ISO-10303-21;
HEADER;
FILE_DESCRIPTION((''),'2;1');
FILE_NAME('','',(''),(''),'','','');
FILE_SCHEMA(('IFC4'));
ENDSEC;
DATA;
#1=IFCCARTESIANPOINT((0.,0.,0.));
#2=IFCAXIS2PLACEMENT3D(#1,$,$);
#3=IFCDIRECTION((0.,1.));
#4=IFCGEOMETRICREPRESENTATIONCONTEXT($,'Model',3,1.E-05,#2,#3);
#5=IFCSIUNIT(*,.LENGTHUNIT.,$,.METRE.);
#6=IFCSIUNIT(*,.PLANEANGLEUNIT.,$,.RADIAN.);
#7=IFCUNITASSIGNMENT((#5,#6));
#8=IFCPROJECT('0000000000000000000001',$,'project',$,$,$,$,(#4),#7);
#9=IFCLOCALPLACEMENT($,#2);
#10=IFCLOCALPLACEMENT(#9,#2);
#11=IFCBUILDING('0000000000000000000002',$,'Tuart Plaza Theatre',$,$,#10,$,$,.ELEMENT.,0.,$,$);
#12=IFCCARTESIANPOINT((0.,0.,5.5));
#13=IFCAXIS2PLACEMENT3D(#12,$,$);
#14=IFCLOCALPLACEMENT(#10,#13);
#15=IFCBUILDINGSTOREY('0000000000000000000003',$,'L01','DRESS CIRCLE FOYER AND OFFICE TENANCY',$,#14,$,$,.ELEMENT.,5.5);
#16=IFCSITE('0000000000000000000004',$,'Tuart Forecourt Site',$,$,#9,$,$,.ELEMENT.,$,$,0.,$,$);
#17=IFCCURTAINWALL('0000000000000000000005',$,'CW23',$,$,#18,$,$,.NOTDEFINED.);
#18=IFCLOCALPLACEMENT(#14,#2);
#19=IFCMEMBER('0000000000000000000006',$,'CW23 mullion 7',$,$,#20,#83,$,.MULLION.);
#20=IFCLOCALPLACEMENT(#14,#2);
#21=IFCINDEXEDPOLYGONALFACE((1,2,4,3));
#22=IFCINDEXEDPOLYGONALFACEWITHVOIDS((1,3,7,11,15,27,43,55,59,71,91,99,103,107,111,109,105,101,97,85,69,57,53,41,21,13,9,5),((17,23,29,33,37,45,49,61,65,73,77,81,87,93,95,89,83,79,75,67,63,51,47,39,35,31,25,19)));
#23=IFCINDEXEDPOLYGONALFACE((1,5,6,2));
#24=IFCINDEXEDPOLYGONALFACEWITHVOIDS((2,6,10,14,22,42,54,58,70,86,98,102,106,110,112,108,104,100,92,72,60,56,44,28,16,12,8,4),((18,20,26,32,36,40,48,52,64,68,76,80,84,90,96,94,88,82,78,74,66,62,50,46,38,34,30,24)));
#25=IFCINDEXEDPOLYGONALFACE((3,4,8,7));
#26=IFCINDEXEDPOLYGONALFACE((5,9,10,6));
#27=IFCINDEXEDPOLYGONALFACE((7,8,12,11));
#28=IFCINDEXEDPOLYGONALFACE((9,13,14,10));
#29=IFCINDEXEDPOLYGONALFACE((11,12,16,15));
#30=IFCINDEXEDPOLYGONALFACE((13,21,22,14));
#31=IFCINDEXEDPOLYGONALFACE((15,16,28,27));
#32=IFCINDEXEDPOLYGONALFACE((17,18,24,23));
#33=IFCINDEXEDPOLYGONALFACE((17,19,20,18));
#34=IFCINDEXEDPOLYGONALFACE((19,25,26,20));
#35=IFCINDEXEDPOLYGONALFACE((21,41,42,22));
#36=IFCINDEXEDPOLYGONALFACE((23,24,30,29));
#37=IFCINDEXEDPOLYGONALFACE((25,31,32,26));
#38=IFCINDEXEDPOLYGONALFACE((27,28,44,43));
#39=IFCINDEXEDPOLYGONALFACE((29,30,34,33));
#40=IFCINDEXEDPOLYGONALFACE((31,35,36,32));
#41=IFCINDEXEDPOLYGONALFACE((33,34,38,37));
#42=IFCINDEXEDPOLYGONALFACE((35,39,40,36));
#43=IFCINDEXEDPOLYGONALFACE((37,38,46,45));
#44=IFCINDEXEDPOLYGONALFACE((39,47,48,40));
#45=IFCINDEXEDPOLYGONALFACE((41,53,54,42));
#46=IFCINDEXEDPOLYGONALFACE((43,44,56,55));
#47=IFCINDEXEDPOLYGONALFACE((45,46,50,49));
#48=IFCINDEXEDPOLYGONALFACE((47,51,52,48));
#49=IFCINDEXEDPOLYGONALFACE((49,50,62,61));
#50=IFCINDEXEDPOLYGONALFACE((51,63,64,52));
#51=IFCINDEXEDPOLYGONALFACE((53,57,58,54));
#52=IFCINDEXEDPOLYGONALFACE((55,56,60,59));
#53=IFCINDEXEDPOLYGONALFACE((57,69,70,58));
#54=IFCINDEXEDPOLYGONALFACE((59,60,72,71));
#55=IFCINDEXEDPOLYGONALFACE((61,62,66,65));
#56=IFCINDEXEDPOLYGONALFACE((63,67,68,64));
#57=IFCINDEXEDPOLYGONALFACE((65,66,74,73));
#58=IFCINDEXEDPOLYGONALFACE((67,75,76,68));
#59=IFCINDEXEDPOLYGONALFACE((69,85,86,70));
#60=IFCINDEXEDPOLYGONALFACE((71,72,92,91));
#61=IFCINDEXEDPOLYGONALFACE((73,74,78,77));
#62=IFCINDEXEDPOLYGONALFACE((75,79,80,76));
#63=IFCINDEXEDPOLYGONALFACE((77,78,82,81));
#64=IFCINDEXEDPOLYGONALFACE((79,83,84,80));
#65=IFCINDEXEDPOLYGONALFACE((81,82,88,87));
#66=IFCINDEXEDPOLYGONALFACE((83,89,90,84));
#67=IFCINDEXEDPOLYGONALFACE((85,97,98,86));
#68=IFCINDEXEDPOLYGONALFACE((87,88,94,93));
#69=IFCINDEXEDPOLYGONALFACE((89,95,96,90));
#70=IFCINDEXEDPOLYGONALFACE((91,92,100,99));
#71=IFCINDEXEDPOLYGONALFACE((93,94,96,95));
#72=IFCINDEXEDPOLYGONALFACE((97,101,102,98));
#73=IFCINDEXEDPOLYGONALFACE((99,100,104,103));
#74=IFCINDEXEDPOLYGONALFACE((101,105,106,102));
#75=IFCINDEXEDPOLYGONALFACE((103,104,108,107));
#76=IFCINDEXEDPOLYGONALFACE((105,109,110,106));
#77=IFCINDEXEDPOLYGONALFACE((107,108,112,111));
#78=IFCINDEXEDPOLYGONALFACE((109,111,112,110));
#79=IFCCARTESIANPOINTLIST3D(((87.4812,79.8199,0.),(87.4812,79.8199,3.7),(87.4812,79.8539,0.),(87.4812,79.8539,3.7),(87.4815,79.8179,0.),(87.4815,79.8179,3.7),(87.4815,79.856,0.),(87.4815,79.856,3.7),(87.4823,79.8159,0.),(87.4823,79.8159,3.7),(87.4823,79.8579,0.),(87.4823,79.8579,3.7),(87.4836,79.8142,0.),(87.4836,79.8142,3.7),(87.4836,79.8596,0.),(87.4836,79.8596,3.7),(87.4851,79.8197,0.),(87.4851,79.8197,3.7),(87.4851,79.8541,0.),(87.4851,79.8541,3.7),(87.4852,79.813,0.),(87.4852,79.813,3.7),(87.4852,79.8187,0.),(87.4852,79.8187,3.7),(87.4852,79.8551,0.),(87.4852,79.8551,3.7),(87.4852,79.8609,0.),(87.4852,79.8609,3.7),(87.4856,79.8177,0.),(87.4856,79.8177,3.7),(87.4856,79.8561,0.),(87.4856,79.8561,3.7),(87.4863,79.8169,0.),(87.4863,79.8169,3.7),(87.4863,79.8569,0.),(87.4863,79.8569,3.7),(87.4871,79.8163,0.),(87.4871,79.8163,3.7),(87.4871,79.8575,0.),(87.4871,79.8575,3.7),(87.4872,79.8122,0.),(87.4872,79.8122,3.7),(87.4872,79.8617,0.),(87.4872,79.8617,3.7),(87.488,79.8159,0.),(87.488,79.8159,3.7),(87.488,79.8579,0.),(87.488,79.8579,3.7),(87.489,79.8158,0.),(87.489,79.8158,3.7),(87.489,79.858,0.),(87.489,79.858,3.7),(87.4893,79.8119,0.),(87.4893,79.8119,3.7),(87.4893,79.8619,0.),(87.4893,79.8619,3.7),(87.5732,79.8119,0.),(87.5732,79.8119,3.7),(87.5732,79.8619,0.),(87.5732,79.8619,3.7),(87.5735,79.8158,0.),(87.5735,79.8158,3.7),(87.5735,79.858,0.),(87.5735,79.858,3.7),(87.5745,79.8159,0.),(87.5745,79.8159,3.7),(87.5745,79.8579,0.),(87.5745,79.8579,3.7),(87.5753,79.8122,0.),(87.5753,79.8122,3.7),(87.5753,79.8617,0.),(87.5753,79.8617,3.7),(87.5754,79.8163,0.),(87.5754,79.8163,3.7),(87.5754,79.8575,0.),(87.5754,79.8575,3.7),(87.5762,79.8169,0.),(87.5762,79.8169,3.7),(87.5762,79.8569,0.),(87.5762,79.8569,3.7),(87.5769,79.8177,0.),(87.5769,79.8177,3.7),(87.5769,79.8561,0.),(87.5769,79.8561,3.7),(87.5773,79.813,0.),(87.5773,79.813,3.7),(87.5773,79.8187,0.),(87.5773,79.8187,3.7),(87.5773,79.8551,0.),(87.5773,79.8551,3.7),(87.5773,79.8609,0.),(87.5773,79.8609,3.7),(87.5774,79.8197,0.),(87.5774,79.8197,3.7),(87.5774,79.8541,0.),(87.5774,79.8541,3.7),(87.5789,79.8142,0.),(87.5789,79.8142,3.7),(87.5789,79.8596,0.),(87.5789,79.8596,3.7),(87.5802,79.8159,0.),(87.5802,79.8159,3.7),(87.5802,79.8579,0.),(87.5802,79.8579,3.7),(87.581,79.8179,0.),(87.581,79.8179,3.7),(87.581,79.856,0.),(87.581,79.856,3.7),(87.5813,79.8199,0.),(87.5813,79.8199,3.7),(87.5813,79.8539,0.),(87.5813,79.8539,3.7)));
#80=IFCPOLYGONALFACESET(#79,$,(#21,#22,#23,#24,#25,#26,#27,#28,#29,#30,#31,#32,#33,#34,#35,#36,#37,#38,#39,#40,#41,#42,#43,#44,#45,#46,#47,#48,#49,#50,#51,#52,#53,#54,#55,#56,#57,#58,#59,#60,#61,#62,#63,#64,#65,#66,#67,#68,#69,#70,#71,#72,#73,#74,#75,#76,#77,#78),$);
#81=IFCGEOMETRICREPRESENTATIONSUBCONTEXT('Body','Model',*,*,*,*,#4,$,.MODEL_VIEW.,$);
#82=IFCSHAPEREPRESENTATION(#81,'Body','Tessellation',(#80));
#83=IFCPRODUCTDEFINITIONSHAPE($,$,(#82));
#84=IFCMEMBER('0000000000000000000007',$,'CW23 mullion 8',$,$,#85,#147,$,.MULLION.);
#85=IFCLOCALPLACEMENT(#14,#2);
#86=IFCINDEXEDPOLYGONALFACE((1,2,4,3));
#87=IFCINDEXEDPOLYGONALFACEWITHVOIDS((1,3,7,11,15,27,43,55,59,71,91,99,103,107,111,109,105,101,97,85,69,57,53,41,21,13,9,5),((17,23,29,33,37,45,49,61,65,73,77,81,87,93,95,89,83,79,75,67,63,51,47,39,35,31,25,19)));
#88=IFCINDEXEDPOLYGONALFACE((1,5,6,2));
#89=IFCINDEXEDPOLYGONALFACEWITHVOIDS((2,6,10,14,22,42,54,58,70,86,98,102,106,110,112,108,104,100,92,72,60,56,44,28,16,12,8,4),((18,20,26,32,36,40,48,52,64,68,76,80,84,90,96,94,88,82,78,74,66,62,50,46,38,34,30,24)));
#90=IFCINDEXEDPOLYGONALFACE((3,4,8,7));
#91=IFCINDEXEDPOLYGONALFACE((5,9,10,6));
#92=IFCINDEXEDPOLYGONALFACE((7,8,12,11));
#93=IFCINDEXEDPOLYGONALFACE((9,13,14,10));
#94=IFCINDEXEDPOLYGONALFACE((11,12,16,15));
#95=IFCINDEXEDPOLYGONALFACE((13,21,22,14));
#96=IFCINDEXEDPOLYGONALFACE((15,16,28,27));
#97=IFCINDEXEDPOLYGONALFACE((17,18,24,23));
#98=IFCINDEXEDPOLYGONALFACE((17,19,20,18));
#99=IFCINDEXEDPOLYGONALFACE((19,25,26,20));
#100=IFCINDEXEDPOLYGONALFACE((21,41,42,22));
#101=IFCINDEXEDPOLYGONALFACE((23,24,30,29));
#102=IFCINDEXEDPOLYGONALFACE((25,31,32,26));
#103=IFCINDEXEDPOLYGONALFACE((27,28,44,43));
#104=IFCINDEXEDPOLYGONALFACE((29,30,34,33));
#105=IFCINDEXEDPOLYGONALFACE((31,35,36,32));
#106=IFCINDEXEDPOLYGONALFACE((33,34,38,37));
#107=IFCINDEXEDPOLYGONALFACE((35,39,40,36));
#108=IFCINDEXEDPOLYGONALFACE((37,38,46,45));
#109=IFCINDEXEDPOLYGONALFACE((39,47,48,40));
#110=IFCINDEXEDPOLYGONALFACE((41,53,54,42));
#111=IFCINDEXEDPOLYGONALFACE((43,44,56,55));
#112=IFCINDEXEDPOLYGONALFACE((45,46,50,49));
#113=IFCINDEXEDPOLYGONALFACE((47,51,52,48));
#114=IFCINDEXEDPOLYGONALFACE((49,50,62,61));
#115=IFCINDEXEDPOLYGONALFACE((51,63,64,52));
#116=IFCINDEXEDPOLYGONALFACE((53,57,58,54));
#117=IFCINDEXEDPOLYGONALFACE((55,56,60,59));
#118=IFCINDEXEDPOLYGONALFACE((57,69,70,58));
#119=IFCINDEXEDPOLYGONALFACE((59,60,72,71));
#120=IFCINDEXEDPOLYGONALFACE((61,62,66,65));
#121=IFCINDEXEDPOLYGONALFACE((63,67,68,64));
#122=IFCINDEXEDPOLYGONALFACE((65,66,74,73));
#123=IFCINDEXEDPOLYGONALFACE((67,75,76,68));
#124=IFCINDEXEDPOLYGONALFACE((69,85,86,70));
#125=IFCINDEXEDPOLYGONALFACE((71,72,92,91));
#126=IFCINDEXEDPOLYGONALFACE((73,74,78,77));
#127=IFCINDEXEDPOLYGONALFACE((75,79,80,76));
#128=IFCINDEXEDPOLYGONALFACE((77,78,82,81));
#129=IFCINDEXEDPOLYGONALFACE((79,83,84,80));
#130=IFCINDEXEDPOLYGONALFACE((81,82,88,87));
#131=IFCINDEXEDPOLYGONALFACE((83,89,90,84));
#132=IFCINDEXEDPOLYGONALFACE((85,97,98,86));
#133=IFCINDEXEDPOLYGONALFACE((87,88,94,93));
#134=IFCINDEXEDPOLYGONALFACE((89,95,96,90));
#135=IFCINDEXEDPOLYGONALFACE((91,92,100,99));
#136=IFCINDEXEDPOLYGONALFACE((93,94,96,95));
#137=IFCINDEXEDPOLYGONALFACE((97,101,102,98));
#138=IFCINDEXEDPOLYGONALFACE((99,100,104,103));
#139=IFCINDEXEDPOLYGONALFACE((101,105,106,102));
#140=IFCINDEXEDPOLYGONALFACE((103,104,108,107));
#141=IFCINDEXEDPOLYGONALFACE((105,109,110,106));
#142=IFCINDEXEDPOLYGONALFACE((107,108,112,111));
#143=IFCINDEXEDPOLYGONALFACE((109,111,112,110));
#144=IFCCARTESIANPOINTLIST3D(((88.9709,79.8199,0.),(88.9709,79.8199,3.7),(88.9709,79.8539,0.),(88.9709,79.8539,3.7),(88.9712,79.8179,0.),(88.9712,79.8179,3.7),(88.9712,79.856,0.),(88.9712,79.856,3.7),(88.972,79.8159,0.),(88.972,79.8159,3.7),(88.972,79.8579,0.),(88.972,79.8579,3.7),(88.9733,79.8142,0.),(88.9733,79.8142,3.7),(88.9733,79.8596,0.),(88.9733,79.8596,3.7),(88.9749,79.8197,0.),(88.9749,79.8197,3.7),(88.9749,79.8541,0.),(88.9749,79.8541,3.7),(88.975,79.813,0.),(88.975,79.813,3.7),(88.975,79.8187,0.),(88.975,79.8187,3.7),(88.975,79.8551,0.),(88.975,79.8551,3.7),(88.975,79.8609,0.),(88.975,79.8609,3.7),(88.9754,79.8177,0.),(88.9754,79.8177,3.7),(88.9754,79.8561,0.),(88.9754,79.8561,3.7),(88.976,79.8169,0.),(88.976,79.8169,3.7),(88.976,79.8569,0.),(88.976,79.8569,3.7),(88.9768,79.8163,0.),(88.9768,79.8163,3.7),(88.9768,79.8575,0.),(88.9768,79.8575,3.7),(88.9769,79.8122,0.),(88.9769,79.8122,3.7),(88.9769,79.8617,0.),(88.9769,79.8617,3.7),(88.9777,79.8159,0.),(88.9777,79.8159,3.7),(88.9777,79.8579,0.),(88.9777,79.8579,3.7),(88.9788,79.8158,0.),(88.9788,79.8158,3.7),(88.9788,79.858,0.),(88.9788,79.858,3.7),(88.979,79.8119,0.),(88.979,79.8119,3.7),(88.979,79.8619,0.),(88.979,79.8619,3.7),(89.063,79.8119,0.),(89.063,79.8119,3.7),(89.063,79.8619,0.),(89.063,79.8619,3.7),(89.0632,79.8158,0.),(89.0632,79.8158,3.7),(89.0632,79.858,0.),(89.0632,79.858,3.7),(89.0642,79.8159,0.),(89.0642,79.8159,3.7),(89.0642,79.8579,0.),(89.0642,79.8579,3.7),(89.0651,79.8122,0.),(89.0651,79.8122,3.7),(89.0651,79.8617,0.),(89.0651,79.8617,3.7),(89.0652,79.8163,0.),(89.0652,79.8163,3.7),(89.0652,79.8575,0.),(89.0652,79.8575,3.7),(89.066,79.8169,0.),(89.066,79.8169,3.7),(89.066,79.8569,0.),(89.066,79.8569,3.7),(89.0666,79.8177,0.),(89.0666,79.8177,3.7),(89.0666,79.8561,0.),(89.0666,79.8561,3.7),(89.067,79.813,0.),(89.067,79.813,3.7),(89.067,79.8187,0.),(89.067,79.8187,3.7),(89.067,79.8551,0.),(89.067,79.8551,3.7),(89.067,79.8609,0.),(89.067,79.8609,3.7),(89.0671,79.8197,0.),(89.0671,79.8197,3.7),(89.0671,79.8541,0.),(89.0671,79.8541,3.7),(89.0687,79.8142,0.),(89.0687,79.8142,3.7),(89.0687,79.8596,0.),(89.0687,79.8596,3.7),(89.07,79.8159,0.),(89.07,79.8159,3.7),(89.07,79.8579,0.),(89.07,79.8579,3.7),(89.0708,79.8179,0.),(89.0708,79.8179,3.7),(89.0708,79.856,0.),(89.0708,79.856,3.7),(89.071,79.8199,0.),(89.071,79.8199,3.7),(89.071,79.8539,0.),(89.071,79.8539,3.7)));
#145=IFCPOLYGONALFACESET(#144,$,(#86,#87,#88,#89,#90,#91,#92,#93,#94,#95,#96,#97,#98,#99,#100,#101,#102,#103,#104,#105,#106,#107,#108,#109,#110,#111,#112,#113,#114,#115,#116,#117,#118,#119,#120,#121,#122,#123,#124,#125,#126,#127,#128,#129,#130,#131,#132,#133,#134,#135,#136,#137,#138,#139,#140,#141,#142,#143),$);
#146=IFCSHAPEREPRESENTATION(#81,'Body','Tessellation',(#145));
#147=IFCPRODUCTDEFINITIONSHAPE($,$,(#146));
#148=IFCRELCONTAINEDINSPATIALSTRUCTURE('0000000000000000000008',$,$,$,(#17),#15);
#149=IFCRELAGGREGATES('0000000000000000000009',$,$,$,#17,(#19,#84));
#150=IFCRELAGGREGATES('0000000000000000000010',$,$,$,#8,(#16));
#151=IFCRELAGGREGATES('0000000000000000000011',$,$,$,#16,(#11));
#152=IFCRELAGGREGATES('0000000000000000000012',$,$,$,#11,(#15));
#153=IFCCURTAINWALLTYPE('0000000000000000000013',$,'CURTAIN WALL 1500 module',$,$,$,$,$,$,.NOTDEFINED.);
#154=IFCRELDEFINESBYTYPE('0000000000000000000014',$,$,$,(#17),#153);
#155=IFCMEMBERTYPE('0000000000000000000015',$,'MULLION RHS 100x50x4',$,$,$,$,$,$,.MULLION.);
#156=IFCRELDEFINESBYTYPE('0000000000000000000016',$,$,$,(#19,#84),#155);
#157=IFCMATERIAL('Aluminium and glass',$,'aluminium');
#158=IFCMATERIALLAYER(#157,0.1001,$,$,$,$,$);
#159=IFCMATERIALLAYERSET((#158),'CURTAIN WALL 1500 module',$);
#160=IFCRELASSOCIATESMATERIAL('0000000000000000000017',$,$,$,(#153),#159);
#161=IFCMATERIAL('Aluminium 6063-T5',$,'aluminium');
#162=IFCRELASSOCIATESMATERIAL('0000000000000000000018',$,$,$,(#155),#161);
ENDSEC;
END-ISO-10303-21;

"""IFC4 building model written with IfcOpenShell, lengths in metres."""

from ifc_helpers import new_model, si_unit, direction, frame, origin, origin_2d, place, context, subcontext, project, spatial, hollow_rectangle, extrude, material, layer, layer_set, material_profile, profile_set, type_object, element, aggregate, save


model = new_model("IFC4")

# Units and contexts
model_context = context("Model", 3, precision=1e-05, world=origin(), true_north=direction((0.0, 1.0)))
body_context = subcontext(model_context, "Body", "Model", "MODEL_VIEW")
ifc_project = project(units=[si_unit("LENGTHUNIT", "METRE"), si_unit("PLANEANGLEUNIT", "RADIAN")], contexts=[model_context])

# Site, building, storey
site_placement = place(None, origin())
site = spatial("IfcSite", under=ifc_project, at=site_placement, Name="Tuart Forecourt Site", CompositionType="ELEMENT", RefElevation=0.0)
building_placement = place(site_placement, origin())
building = spatial("IfcBuilding", under=site, at=building_placement, Name="Tuart Plaza Theatre", CompositionType="ELEMENT", ElevationOfRefHeight=0.0)
storey_placement = place(building_placement, frame((0.0, 0.0, 5.5)))
storey = spatial("IfcBuildingStorey", under=building, at=storey_placement, Name="L01", Description="DRESS CIRCLE FOYER AND OFFICE TENANCY", CompositionType="ELEMENT", Elevation=5.5)

# Curtain wall, members
ifc_material_1 = material(Name="Aluminium and glass", Category="aluminium")
ifc_layer_1 = layer(ifc_material_1, 0.1001)
ifc_layer_set_1 = layer_set([ifc_layer_1], Name="CURTAIN WALL 1500 module")
curtain_wall_type = type_object("IfcCurtainWallType", Name="CURTAIN WALL 1500 module", PredefinedType="NOTDEFINED", material=ifc_layer_set_1)
curtain_wall_placement = place(storey_placement, origin())
curtain_wall = element("IfcCurtainWall", 1, at=curtain_wall_placement, inside=storey, type_object=curtain_wall_type, Name="CW23", PredefinedType="NOTDEFINED")
ifc_material_2 = material(Name="Aluminium 6063-T5", Category="aluminium")
ifc_material_profile_1 = material_profile(ifc_material_2, hollow_rectangle(XDim=0.05, YDim=0.1001, WallThickness=0.0039, InnerFilletRadius=0.0039, OuterFilletRadius=0.0081, at=origin_2d()), Name="RHS 100x50x4")
ifc_profile_set_1 = profile_set([ifc_material_profile_1], Name="Aluminium 6063-T5")
member_type_1 = type_object("IfcMemberType", Name="MULLION RHS 100x50x4", PredefinedType="MULLION", material=ifc_profile_set_1)
member_1_placement = place(storey_placement, frame((87.5312, 79.8369, 0.0), z_axis=(0.0, 0.0, 1.0), x_axis=(0.0, 1.0, 0.0)))
member_1 = element("IfcMember", 2, at=member_1_placement, type_object=member_type_1, Name="CW23 mullion 7", PredefinedType="MULLION", context=body_context, shape_type="SweptSolid", body=[
    extrude(hollow_rectangle(XDim=0.05, YDim=0.1001, WallThickness=0.0039, InnerFilletRadius=0.0039, OuterFilletRadius=0.0081, at=origin_2d()), origin(), (0.0, 0.0, 1.0), 3.7),
])
member_2_placement = place(storey_placement, frame((89.021, 79.8369, 0.0), z_axis=(0.0, 0.0, 1.0), x_axis=(0.0, 1.0, 0.0)))
member_2 = element("IfcMember", 3, at=member_2_placement, type_object=member_type_1, Name="CW23 mullion 8", PredefinedType="MULLION", context=body_context, shape_type="SweptSolid", body=[
    extrude(hollow_rectangle(XDim=0.05, YDim=0.1001, WallThickness=0.0039, InnerFilletRadius=0.0039, OuterFilletRadius=0.0081, at=origin_2d()), origin(), (0.0, 0.0, 1.0), 3.7),
])
aggregate(curtain_wall, [member_1, member_2])

save(model, "model.ifc")
